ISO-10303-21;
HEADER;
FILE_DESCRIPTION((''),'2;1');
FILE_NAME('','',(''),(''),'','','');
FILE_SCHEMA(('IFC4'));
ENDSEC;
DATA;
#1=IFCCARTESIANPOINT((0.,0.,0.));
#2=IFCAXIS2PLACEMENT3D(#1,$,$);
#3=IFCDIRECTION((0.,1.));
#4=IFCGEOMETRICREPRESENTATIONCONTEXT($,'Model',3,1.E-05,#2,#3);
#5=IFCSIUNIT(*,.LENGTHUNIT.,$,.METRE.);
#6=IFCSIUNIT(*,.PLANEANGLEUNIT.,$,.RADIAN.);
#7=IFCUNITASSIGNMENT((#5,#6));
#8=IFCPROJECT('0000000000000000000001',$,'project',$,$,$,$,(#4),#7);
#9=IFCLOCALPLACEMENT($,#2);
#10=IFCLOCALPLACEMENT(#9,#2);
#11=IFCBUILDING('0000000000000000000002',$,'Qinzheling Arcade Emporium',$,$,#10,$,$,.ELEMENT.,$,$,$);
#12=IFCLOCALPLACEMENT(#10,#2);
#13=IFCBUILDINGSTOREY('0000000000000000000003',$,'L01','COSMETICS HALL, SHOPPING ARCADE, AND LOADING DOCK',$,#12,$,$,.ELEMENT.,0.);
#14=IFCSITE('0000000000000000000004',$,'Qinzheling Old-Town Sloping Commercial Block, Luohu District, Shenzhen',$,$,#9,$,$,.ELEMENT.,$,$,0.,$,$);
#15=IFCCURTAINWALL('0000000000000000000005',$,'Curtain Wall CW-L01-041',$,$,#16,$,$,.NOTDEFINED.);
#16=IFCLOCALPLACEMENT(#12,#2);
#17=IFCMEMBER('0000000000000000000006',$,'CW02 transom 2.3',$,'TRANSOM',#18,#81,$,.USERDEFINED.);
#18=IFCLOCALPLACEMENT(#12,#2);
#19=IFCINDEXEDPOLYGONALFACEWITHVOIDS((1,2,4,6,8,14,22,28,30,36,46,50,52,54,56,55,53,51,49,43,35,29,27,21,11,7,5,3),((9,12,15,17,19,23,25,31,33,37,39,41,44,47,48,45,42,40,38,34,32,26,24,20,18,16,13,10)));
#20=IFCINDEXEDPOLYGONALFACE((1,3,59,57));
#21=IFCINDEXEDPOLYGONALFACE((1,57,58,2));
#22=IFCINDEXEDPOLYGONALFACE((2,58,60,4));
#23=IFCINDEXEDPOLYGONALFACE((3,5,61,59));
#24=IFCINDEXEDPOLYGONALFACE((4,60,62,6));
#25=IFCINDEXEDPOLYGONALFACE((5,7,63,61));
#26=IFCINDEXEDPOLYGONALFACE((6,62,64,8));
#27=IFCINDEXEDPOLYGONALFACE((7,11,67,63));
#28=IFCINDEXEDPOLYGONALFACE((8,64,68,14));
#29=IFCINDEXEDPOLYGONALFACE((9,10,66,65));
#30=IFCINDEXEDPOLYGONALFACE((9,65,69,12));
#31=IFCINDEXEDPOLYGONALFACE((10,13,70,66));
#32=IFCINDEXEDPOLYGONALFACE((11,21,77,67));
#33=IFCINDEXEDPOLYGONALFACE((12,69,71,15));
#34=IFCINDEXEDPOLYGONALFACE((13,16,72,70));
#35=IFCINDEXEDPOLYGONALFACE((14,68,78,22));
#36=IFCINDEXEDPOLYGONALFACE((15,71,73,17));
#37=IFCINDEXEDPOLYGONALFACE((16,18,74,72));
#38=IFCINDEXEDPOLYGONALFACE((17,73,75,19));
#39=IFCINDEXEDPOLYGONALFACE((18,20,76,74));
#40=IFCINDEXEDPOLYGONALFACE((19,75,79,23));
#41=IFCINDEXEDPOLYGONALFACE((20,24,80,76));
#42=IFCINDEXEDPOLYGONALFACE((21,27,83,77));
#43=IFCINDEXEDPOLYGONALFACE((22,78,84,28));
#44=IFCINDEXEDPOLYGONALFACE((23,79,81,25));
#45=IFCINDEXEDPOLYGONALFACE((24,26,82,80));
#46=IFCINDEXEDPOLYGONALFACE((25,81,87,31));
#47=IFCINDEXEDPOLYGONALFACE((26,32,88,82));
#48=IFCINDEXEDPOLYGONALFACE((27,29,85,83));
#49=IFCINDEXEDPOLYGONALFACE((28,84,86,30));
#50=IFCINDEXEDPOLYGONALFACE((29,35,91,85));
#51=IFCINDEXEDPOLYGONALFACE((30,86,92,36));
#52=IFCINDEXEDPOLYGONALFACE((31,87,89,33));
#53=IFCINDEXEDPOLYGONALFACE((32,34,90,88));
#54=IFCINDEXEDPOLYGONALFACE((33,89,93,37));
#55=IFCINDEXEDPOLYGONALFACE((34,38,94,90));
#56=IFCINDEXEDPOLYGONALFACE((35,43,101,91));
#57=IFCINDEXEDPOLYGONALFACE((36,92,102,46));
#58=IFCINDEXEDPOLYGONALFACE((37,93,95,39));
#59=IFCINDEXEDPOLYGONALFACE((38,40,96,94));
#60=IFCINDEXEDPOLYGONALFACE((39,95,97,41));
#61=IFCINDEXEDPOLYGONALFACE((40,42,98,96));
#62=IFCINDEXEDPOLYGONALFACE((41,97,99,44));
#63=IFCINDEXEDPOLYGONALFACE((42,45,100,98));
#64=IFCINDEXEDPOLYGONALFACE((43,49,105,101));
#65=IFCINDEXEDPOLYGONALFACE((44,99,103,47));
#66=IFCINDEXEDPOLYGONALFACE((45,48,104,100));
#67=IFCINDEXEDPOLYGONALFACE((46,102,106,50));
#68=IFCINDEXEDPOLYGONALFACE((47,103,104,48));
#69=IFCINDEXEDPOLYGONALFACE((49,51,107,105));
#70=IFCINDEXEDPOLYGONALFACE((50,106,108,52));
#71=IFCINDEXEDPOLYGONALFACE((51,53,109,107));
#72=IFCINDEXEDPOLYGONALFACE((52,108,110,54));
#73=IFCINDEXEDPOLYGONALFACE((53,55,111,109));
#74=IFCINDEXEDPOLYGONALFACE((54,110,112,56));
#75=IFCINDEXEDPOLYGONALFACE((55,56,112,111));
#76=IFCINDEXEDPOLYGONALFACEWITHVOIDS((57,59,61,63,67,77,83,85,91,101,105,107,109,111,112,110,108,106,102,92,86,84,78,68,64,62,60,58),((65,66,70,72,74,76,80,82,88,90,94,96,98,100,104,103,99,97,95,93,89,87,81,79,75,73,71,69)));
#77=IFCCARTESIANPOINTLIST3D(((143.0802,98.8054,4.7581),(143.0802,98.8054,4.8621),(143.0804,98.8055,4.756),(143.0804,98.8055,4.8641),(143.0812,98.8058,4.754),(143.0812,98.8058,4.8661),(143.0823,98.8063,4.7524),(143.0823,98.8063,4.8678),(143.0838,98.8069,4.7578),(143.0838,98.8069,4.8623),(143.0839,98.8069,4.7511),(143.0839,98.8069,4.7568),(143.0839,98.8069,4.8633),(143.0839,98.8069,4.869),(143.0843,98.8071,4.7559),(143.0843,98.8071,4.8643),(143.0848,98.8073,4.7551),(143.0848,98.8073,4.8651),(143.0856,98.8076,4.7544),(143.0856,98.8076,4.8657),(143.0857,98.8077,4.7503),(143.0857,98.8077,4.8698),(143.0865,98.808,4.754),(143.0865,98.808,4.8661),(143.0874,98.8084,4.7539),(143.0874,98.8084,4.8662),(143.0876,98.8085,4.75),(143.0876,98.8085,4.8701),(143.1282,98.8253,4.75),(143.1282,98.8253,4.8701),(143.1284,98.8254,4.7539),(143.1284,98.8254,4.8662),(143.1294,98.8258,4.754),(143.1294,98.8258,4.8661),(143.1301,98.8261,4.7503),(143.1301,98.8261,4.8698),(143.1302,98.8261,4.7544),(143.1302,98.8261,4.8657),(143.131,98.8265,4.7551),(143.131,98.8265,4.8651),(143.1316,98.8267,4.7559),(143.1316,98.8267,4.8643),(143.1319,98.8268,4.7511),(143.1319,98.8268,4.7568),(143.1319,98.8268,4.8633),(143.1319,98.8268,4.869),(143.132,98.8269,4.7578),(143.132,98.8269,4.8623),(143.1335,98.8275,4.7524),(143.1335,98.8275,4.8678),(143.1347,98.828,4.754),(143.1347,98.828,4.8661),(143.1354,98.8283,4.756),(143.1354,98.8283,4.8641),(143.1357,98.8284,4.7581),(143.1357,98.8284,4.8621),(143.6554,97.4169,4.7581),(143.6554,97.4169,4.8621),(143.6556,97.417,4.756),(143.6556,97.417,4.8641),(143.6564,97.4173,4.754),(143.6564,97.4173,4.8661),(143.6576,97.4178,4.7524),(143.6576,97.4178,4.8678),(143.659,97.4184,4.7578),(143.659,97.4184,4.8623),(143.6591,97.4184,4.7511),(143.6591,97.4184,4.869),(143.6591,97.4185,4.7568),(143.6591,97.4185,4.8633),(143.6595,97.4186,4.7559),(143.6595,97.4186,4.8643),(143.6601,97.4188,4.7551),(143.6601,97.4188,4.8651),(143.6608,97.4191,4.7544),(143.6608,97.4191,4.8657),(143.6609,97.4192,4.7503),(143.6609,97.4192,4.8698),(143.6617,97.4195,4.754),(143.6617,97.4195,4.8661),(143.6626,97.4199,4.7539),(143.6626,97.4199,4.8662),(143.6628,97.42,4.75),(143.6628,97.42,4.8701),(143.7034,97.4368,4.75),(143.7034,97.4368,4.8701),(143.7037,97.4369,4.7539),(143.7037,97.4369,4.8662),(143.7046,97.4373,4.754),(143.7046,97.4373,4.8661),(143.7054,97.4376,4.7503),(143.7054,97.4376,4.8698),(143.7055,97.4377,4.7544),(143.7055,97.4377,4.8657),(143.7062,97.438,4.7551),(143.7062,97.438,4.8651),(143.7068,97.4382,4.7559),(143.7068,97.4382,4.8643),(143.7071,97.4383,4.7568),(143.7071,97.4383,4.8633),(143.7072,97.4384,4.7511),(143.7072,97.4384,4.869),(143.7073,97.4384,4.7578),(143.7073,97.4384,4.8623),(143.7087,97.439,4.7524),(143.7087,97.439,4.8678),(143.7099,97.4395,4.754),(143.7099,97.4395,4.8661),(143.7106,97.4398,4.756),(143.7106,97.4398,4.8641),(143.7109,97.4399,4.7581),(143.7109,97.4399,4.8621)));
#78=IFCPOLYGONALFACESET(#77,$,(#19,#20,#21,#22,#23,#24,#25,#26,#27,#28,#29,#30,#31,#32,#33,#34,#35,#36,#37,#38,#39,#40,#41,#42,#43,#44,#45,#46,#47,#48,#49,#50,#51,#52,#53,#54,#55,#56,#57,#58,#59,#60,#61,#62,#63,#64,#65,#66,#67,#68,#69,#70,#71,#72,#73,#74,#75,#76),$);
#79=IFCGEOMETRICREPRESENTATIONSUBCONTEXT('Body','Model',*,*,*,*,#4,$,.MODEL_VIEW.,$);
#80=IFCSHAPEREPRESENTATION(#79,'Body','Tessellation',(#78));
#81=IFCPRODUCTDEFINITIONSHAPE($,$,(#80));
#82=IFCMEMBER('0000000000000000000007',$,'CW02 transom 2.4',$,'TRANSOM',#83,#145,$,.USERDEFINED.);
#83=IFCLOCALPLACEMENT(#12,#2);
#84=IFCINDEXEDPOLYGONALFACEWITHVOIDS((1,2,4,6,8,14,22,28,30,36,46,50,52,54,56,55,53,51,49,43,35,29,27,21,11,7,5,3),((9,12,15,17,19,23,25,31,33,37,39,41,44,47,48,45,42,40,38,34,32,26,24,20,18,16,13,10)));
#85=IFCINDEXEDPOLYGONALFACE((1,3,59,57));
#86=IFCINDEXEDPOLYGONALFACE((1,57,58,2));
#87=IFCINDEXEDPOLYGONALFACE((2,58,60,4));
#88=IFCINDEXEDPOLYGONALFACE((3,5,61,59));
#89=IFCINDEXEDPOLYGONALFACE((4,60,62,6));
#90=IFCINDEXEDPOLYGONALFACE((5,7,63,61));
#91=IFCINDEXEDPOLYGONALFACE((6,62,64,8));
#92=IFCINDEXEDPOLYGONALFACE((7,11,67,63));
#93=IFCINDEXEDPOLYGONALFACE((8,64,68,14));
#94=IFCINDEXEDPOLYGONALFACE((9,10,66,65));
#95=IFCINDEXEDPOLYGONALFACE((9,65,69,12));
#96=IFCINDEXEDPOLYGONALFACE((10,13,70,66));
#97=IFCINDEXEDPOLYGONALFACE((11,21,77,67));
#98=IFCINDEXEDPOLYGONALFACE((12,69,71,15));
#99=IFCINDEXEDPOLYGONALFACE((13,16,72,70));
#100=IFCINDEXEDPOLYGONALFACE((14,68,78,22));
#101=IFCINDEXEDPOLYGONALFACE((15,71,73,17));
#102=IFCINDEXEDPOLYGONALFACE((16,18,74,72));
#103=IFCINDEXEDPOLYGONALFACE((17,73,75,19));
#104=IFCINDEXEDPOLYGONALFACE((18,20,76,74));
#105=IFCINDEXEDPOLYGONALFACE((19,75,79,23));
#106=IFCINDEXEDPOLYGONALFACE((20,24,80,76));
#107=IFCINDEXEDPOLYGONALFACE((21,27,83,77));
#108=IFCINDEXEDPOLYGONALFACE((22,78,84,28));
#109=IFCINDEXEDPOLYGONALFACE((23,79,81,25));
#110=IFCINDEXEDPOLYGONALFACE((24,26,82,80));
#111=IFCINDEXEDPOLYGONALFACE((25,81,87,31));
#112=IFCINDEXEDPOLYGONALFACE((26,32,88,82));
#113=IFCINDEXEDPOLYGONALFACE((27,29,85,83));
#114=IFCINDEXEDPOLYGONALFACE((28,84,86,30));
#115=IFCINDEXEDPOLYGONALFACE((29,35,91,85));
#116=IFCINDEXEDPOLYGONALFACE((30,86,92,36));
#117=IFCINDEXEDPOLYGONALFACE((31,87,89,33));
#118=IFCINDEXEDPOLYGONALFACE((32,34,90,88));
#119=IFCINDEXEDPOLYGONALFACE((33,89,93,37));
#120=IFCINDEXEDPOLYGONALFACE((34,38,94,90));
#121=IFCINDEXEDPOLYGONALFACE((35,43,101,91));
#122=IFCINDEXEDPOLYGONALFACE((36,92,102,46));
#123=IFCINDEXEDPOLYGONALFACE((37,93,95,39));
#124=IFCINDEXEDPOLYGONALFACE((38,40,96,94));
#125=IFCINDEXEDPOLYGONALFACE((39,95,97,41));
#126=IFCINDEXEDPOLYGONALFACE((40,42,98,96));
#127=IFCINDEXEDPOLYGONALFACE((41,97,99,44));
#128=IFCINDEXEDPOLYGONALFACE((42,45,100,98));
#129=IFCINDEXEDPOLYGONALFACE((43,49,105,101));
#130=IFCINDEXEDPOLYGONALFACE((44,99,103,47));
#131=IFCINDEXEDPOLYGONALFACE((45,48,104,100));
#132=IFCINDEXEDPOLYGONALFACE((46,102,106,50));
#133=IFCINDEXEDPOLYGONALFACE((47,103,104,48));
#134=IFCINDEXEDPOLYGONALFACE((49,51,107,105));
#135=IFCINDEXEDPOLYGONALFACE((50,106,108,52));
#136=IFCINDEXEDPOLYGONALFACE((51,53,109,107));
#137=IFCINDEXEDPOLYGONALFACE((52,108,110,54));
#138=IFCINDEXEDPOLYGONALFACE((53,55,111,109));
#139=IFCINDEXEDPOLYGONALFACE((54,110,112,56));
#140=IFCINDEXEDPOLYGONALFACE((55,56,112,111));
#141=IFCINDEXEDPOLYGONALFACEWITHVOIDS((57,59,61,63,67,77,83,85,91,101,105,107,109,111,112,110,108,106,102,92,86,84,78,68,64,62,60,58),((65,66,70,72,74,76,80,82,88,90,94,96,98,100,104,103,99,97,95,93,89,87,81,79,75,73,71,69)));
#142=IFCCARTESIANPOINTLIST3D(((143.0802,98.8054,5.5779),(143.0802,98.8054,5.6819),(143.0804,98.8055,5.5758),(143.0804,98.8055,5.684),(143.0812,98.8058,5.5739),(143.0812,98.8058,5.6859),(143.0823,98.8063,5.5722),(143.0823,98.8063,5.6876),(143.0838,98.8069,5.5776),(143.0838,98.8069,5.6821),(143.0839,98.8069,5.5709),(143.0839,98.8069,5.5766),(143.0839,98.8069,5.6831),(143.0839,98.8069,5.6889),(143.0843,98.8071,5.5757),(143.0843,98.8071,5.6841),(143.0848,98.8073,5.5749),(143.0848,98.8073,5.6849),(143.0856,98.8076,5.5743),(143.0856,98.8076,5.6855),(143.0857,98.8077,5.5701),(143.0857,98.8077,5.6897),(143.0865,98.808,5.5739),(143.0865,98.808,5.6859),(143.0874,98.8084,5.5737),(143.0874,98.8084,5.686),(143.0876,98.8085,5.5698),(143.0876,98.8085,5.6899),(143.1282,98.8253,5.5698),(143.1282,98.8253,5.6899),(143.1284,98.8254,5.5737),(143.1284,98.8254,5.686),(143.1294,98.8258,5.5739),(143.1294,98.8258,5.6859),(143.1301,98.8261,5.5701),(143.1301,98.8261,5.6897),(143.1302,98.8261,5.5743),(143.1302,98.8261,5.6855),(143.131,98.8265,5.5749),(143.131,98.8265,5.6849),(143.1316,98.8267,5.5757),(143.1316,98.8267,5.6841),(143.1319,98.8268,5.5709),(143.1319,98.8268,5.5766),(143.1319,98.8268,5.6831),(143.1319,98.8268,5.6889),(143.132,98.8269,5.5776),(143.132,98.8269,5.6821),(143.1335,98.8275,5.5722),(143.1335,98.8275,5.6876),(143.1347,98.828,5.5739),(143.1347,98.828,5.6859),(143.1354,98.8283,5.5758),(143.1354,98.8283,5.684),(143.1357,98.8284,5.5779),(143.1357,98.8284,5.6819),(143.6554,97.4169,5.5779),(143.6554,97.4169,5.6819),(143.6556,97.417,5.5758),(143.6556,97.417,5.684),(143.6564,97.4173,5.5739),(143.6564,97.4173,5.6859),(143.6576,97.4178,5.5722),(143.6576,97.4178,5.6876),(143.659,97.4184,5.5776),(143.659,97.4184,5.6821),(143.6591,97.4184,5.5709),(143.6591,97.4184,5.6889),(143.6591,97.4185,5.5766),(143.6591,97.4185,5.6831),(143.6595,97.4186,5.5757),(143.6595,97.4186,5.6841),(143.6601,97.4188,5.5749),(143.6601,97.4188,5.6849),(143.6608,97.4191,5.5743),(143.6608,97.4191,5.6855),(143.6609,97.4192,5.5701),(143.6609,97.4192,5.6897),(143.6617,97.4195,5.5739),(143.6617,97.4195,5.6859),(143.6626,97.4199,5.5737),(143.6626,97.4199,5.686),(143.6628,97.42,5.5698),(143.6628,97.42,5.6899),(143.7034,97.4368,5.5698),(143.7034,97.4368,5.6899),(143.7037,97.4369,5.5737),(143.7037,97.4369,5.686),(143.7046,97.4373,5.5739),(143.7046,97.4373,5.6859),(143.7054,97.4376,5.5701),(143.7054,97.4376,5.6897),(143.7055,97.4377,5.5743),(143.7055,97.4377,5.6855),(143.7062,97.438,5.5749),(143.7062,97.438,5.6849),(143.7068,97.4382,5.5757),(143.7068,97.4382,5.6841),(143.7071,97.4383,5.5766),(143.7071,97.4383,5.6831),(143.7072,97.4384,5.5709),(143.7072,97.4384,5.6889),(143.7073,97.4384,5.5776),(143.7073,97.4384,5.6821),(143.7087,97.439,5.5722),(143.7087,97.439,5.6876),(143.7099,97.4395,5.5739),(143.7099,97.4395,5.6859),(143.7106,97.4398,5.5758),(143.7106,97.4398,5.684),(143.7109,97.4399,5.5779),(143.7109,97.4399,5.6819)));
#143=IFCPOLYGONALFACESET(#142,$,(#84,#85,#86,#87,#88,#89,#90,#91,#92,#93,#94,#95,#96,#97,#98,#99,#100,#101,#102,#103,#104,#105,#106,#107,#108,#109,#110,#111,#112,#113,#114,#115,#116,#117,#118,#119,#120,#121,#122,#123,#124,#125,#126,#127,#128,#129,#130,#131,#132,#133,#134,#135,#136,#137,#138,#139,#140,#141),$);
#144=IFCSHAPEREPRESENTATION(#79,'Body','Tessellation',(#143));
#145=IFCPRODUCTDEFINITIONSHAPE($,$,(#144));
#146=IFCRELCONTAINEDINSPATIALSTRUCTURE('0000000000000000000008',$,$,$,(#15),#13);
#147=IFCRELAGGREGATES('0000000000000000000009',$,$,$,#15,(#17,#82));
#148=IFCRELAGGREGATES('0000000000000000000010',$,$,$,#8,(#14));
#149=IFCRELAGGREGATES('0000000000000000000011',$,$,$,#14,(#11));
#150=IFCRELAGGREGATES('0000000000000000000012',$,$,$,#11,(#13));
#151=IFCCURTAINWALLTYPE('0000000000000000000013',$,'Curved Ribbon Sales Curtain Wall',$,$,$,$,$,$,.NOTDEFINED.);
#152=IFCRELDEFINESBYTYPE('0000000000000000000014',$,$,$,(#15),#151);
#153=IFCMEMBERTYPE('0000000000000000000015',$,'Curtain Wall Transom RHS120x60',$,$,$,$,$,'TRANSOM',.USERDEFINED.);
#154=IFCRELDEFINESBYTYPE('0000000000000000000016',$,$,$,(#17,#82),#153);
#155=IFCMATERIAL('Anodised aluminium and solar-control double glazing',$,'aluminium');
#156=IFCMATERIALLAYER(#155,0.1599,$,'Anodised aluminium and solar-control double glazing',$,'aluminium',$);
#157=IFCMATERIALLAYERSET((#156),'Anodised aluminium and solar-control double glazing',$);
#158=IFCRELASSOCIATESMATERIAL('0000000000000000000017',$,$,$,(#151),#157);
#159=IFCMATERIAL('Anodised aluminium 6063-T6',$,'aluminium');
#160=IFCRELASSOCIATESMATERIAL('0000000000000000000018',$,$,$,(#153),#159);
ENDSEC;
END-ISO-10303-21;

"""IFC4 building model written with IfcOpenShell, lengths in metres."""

from ifc_helpers import new_model, si_unit, direction, frame, origin, origin_2d, place, context, subcontext, project, spatial, hollow_rectangle, extrude, material, layer, layer_set, material_profile, profile_set, type_object, element, aggregate, save


model = new_model("IFC4")

# Units and contexts
model_context = context("Model", 3, precision=1e-05, world=origin(), true_north=direction((0.0, 1.0)))
body_context = subcontext(model_context, "Body", "Model", "MODEL_VIEW")
ifc_project = project(units=[si_unit("LENGTHUNIT", "METRE"), si_unit("PLANEANGLEUNIT", "RADIAN")], contexts=[model_context])

# Site, building, storey
site_placement = place(None, origin())
site = spatial("IfcSite", under=ifc_project, at=site_placement, Name="Qinzheling Old-Town Sloping Commercial Block, Luohu District, Shenzhen", CompositionType="ELEMENT", RefElevation=0.0)
building_placement = place(site_placement, origin())
building = spatial("IfcBuilding", under=site, at=building_placement, Name="Qinzheling Arcade Emporium", CompositionType="ELEMENT")
storey_placement = place(building_placement, origin())
storey = spatial("IfcBuildingStorey", under=building, at=storey_placement, Name="L01", Description="COSMETICS HALL, SHOPPING ARCADE, AND LOADING DOCK", CompositionType="ELEMENT", Elevation=0.0)

# Curtain wall
ifc_material_1 = material(Name="Anodised aluminium and solar-control double glazing", Category="aluminium")
ifc_layer_1 = layer(ifc_material_1, 0.1599, Name="Anodised aluminium and solar-control double glazing", Category="aluminium")
ifc_layer_set_1 = layer_set([ifc_layer_1], Name="Anodised aluminium and solar-control double glazing")
curtain_wall_type = type_object("IfcCurtainWallType", Name="Curved Ribbon Sales Curtain Wall", PredefinedType="NOTDEFINED", material=ifc_layer_set_1)
curtain_wall_1_placement = place(storey_placement, origin())
curtain_wall_1 = element("IfcCurtainWall", 1, at=curtain_wall_1_placement, inside=storey, type_object=curtain_wall_type, Name="Curtain Wall CW-L01-041", PredefinedType="NOTDEFINED")
ifc_material_2 = material(Name="Anodised aluminium 6063-T6", Category="aluminium")

# Members
ifc_material_profile_1 = material_profile(ifc_material_2, hollow_rectangle(XDim=0.0601, YDim=0.1201, WallThickness=0.0039, InnerFilletRadius=0.0039, OuterFilletRadius=0.0081, at=origin_2d()), Name="RHS 120x60x4", Category="aluminium")
ifc_profile_set_1 = profile_set([ifc_material_profile_1], Name="Anodised aluminium 6063-T6")
member_type_1 = type_object("IfcMemberType", Name="Curtain Wall Transom RHS120x60", ElementType="TRANSOM", PredefinedType="USERDEFINED", material=ifc_profile_set_1)
member_1_placement = place(storey_placement, frame((143.1079, 98.8169, 4.8101), z_axis=(0.382734, -0.923858, 0.0), x_axis=(0.923858, 0.382734, 0.0)))
member_1 = element("IfcMember", 2, at=member_1_placement, type_object=member_type_1, Name="CW02 transom 2.3", ObjectType="TRANSOM", PredefinedType="USERDEFINED", context=body_context, shape_type="SweptSolid", body=[
    extrude(hollow_rectangle(XDim=0.0601, YDim=0.1201, WallThickness=0.0039, InnerFilletRadius=0.0039, OuterFilletRadius=0.0081, at=origin_2d()), origin(), (0.0, 0.0, 1.0), 1.5029),
])
member_2_placement = place(storey_placement, frame((143.1079, 98.8169, 5.6299), z_axis=(0.382734, -0.923858, 0.0), x_axis=(0.923858, 0.382734, 0.0)))
member_2 = element("IfcMember", 3, at=member_2_placement, type_object=member_type_1, Name="CW02 transom 2.4", ObjectType="TRANSOM", PredefinedType="USERDEFINED", context=body_context, shape_type="SweptSolid", body=[
    extrude(hollow_rectangle(XDim=0.0601, YDim=0.1201, WallThickness=0.0039, InnerFilletRadius=0.0039, OuterFilletRadius=0.0081, at=origin_2d()), origin(), (0.0, 0.0, 1.0), 1.5029),
])

aggregate(curtain_wall_1, [member_1, member_2])

save(model, "model.ifc")
